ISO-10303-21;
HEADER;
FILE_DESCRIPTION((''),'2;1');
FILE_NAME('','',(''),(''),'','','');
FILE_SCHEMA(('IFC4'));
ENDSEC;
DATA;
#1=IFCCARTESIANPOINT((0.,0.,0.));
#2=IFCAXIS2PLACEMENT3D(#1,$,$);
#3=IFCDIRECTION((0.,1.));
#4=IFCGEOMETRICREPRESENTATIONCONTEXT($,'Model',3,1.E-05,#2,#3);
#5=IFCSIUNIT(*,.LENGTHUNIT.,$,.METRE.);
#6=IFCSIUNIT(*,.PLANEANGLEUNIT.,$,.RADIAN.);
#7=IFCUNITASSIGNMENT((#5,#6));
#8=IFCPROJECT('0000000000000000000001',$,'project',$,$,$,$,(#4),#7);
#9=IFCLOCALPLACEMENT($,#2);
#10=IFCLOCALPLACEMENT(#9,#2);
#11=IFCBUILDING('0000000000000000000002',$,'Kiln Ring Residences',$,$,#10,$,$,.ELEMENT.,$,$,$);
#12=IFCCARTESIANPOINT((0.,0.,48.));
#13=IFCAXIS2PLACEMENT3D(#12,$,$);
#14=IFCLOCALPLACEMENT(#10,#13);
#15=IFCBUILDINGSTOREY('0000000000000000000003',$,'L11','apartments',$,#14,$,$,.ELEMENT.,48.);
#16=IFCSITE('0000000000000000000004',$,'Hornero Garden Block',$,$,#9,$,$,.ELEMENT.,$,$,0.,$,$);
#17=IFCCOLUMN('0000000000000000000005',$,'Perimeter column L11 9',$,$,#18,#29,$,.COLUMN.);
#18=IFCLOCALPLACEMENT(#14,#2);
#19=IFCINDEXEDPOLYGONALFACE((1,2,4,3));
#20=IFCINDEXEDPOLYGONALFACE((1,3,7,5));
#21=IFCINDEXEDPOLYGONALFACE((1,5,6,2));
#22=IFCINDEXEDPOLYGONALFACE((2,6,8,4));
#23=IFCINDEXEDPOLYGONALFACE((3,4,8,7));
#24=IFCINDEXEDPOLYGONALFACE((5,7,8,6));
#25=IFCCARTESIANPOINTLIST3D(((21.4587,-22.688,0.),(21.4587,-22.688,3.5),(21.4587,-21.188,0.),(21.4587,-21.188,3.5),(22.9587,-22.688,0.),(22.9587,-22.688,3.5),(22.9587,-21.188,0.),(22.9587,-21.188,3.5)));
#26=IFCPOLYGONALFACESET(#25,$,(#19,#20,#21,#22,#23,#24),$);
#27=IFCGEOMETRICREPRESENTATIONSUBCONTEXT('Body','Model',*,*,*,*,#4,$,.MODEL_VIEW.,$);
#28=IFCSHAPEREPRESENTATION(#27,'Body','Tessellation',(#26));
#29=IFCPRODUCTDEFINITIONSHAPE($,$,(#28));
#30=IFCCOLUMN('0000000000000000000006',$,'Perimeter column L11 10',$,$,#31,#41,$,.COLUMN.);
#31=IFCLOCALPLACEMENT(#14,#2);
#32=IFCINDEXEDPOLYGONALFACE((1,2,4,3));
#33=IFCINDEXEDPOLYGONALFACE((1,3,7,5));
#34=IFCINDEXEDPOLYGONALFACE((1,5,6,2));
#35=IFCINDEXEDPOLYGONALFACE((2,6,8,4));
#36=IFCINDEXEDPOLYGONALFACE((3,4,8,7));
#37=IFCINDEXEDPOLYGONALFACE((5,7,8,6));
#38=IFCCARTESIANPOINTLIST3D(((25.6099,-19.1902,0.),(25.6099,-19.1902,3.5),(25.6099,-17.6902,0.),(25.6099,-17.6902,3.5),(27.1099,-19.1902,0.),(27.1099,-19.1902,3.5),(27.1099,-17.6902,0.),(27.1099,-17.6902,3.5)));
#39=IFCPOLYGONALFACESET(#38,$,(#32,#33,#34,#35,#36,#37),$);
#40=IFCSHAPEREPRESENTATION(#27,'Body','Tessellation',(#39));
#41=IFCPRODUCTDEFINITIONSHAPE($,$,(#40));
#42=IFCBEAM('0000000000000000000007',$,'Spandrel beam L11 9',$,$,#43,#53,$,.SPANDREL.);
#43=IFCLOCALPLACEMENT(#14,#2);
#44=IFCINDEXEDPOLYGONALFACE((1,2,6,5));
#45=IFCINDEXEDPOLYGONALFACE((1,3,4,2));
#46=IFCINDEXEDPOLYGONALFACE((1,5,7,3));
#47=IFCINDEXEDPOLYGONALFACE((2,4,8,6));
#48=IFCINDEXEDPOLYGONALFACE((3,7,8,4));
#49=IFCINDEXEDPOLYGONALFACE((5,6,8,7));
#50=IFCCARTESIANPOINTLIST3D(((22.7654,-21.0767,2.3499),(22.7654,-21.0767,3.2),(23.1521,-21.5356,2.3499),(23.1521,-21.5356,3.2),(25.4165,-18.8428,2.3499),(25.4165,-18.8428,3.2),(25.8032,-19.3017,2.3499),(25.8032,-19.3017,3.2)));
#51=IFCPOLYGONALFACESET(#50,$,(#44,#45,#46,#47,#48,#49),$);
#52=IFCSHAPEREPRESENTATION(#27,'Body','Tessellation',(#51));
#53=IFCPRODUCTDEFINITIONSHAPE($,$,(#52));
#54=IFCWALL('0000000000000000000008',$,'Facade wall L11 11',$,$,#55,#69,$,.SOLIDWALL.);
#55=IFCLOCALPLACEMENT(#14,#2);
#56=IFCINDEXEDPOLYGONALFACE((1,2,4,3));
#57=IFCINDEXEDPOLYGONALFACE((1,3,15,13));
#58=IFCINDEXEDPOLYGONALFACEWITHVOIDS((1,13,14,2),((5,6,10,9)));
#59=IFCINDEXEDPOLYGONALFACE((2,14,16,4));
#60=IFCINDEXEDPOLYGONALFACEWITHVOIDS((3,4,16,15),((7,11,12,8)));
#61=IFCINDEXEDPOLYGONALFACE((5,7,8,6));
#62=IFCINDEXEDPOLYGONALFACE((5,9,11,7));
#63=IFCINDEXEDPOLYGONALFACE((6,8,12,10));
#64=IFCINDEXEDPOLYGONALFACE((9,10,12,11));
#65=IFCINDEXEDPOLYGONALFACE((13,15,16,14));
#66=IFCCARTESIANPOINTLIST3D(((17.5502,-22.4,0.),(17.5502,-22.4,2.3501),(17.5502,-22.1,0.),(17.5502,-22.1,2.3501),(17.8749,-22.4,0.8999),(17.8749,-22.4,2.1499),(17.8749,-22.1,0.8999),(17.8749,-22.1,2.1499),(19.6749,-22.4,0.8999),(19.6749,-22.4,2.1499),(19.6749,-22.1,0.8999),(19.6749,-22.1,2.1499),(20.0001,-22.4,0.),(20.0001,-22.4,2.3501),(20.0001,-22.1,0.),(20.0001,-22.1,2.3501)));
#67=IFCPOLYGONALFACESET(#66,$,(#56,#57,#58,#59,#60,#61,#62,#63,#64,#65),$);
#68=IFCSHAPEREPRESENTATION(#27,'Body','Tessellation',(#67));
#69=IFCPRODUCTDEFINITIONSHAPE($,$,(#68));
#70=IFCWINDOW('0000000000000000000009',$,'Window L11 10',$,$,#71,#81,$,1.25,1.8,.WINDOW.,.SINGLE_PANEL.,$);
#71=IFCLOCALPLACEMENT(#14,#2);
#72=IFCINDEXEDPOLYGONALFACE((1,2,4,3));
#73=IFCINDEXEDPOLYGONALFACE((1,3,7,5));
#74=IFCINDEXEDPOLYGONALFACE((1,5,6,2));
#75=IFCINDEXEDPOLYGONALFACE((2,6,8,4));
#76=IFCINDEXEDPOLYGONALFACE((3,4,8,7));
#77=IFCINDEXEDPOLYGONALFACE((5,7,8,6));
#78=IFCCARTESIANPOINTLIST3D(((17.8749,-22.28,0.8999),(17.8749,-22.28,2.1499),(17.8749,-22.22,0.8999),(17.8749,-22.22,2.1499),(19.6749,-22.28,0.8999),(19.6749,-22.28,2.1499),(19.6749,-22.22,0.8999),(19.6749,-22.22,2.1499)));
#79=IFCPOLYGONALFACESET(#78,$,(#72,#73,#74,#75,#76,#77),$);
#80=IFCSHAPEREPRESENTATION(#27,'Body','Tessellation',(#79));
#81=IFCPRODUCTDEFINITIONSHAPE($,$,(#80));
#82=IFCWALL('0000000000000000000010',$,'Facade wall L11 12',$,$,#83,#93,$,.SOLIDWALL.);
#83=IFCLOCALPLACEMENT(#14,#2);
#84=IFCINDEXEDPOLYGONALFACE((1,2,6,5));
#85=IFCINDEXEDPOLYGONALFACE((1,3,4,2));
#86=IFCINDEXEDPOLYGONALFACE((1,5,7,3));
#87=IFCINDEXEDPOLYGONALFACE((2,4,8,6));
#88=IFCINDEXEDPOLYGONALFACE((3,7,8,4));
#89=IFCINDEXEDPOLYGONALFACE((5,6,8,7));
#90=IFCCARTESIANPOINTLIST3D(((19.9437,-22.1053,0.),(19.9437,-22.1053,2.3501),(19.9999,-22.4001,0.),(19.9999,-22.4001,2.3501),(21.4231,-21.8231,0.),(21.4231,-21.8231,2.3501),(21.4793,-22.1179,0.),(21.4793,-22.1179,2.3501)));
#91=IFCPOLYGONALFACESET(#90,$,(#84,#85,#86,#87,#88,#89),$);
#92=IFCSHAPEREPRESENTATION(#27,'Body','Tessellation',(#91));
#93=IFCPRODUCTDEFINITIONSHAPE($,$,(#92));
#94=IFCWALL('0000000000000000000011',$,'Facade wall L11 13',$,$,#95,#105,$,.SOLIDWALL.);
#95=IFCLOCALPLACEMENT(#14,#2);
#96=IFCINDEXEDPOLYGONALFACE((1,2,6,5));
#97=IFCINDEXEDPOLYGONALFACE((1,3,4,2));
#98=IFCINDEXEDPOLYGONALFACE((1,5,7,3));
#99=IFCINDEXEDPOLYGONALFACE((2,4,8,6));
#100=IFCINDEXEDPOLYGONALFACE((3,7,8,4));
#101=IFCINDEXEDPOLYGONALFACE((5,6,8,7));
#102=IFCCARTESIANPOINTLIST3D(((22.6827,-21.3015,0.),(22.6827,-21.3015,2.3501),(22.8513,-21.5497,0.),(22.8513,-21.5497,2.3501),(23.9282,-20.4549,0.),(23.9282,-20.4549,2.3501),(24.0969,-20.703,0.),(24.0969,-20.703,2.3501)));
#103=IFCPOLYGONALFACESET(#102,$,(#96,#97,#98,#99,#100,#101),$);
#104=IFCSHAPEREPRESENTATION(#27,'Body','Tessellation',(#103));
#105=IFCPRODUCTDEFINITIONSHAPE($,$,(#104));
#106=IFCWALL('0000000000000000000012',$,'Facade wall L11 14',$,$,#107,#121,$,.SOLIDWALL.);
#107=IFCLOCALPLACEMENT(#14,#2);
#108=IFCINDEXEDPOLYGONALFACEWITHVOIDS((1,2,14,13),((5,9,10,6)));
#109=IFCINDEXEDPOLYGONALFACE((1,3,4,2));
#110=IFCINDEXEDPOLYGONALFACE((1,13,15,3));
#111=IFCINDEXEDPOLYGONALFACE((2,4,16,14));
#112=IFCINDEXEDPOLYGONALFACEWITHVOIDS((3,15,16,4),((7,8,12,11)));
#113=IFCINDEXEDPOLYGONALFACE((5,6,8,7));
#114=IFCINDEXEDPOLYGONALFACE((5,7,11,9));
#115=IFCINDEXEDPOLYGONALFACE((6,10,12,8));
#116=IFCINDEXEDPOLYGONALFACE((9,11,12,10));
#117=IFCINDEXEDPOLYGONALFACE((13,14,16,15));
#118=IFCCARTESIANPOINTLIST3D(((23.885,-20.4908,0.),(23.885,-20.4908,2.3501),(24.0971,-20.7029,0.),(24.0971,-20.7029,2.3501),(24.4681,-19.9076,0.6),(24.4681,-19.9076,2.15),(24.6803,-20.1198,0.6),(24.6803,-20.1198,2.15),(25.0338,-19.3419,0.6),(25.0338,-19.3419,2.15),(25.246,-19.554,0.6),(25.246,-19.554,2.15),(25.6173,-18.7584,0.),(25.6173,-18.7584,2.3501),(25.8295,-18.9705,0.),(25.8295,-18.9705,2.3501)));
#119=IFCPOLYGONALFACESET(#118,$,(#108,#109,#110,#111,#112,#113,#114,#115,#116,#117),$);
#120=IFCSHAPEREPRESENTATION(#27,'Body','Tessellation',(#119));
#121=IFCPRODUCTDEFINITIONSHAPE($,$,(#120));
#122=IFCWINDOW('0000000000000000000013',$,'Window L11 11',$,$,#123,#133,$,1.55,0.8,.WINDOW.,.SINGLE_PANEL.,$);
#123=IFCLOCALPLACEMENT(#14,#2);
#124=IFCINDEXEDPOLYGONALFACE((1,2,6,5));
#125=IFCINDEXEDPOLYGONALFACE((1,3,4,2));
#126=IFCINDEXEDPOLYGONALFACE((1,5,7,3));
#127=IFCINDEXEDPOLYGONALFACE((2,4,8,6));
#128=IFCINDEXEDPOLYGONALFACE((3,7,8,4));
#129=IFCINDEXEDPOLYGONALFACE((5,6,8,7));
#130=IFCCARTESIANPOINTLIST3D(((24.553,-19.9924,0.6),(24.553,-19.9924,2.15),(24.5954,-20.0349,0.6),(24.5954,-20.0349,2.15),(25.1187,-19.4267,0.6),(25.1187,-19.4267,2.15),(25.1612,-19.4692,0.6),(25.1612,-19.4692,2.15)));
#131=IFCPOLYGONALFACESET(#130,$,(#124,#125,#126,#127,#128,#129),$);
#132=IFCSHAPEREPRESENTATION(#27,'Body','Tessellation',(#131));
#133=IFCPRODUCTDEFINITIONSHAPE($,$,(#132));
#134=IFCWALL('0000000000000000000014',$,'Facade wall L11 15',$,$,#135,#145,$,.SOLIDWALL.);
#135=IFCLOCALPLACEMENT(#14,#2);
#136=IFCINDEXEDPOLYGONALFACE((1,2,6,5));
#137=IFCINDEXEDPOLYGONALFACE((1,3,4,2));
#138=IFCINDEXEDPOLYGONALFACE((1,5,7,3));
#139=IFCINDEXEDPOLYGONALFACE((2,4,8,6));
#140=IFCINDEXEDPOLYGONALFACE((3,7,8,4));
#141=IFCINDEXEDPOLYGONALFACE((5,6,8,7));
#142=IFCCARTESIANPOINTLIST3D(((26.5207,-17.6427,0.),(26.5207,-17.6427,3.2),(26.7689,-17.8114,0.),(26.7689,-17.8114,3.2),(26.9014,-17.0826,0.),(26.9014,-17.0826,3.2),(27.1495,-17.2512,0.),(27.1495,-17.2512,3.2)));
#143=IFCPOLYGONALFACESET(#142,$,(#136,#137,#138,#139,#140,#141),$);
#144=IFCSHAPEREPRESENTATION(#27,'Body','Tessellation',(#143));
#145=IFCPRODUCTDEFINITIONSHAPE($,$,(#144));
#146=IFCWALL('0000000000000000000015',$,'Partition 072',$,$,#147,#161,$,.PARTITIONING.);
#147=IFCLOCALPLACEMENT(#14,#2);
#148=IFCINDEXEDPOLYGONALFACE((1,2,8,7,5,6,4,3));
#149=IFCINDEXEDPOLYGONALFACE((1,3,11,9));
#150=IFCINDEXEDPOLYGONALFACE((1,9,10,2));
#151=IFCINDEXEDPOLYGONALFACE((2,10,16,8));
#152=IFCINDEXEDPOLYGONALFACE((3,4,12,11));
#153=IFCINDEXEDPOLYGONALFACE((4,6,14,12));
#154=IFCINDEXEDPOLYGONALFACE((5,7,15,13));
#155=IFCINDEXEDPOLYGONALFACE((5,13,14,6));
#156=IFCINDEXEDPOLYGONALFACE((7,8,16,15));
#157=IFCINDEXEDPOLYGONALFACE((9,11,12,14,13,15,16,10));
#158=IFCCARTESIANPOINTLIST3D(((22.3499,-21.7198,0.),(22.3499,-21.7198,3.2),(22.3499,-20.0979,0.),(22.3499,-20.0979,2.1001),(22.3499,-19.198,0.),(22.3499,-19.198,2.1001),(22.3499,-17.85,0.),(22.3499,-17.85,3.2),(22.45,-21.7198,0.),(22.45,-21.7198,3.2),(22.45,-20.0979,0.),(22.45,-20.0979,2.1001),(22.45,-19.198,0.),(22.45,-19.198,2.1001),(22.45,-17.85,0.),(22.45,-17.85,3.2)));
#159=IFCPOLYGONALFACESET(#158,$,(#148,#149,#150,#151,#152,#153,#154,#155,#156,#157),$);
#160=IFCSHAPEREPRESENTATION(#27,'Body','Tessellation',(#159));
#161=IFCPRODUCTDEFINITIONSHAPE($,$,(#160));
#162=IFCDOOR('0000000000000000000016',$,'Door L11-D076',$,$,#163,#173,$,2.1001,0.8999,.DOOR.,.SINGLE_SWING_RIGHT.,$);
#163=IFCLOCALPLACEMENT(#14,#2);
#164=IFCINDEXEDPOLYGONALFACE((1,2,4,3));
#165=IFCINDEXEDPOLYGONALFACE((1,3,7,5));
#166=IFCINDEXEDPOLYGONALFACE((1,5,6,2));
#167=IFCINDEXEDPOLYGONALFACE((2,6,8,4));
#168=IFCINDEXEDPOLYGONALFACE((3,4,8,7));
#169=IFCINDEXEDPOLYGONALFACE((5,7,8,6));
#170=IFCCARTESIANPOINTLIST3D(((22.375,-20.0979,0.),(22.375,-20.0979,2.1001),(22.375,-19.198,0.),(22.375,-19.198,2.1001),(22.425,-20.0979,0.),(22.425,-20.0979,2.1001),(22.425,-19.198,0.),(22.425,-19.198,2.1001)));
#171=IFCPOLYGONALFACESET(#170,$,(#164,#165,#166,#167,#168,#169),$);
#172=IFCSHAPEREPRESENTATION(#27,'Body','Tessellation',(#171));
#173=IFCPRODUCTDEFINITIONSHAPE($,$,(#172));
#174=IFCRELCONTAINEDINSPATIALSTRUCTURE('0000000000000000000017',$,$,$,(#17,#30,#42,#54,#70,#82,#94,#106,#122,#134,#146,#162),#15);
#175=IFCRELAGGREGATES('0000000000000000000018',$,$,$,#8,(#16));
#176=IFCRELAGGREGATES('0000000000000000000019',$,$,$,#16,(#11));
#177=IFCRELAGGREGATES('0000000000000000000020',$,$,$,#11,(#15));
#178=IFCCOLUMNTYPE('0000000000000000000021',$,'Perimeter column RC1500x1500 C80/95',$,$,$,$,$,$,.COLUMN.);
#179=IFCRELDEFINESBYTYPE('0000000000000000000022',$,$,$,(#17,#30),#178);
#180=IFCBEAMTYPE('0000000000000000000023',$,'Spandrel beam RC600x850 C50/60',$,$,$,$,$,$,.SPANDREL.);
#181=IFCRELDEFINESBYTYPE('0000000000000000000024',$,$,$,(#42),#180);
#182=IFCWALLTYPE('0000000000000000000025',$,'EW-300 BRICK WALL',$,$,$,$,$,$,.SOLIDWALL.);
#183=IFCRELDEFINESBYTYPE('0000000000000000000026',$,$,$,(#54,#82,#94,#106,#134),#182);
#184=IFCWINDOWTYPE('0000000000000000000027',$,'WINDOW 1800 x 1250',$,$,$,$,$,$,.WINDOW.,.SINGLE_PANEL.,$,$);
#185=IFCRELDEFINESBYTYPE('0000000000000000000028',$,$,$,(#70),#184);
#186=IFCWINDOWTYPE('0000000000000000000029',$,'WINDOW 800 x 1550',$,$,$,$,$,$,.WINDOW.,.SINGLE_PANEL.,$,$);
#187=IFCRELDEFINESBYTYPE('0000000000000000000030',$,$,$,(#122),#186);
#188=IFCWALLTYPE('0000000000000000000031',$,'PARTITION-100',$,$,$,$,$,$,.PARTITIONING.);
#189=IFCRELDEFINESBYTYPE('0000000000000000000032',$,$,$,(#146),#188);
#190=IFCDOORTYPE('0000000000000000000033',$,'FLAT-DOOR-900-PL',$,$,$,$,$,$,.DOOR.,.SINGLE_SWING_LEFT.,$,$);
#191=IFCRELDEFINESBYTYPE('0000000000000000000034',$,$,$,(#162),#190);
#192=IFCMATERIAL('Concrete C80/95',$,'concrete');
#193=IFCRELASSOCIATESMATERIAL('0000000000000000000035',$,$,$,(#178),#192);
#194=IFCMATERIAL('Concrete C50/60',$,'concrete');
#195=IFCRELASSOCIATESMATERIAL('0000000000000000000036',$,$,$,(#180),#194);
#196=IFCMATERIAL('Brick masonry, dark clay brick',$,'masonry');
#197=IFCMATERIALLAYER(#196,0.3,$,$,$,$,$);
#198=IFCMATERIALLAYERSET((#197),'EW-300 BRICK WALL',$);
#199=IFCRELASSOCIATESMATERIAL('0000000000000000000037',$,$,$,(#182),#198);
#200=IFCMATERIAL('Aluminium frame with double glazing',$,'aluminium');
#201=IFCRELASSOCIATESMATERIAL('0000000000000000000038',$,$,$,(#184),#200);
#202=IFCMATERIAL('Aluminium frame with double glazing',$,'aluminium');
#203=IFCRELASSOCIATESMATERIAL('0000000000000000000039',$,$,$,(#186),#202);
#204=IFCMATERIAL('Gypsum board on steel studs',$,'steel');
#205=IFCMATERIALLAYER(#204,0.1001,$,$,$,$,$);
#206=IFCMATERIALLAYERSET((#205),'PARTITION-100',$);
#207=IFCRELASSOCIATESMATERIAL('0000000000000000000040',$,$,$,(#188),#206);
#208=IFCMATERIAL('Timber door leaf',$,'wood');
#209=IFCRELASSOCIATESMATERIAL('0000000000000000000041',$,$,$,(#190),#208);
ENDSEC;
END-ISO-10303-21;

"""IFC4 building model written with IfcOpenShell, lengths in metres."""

from ifc_helpers import new_model, si_unit, direction, frame, frame_2d, origin, origin_2d, place, context, subcontext, project, spatial, rectangle, extrude, material, layer, layer_set, material_profile, profile_set, type_object, element, fill, save


model = new_model("IFC4")

# Units and contexts
model_context = context("Model", 3, precision=1e-05, world=origin(), true_north=direction((0.0, 1.0)))
body_context = subcontext(model_context, "Body", "Model", "MODEL_VIEW")
ifc_project = project(units=[si_unit("LENGTHUNIT", "METRE"), si_unit("PLANEANGLEUNIT", "RADIAN")], contexts=[model_context])

# Site, building, storey
site_placement = place(None, origin())
site = spatial("IfcSite", under=ifc_project, at=site_placement, Name="Hornero Garden Block", CompositionType="ELEMENT", RefElevation=0.0)
building_placement = place(site_placement, origin())
building = spatial("IfcBuilding", under=site, at=building_placement, Name="Kiln Ring Residences", CompositionType="ELEMENT")
storey_placement = place(building_placement, frame((0.0, 0.0, 48.0)))
storey = spatial("IfcBuildingStorey", under=building, at=storey_placement, Name="L11", Description="apartments", CompositionType="ELEMENT", Elevation=48.0)

# Columns
ifc_material_1 = material(Name="Concrete C80/95", Category="concrete")
ifc_material_profile_1 = material_profile(ifc_material_1, rectangle(XDim=1.5, YDim=1.5, at=origin_2d()), Name="RC1500x1500")
ifc_profile_set_1 = profile_set([ifc_material_profile_1], Name="Concrete C80/95")
column_type = type_object("IfcColumnType", Name="Perimeter column RC1500x1500 C80/95", PredefinedType="COLUMN", material=ifc_profile_set_1)
for number, where, z_axis, x_axis, name in (
    (1, (22.2087, -21.938, 0.0), (0.0, 0.0, 1.0), (1.0, 0.0, 0.0), "Perimeter column L11 9"),
    (2, (26.3599, -18.4402, 0.0), (0.0, 0.0, 1.0), (1.0, 0.0, 0.0), "Perimeter column L11 10"),
):
    element("IfcColumn", number, at=place(storey_placement, frame(where, z_axis=z_axis, x_axis=x_axis)), inside=storey, type_object=column_type, Name=name, PredefinedType="COLUMN", context=body_context, shape_type="SweptSolid", body=[
        extrude(rectangle(XDim=1.5, YDim=1.5, at=origin_2d()), origin(), (0.0, 0.0, 1.0), 3.5),
    ])

# Beam
ifc_material_2 = material(Name="Concrete C50/60", Category="concrete")
ifc_material_profile_2 = material_profile(ifc_material_2, rectangle(XDim=0.6001, YDim=0.8501, at=origin_2d()), Name="RC600x850")
ifc_profile_set_2 = profile_set([ifc_material_profile_2], Name="Concrete C50/60")
beam_type = type_object("IfcBeamType", Name="Spandrel beam RC600x850 C50/60", PredefinedType="SPANDREL", material=ifc_profile_set_2)
beam_placement = place(storey_placement, frame((22.9587, -21.3062, 2.7749), z_axis=(0.764718, 0.644366, 0.0), x_axis=(-0.644366, 0.764718, 0.0)))
element("IfcBeam", 3, at=beam_placement, inside=storey, type_object=beam_type, Name="Spandrel beam L11 9", PredefinedType="SPANDREL", context=body_context, shape_type="SweptSolid", body=[
    extrude(rectangle(XDim=0.6001, YDim=0.8501, at=origin_2d()), origin(), (0.0, 0.0, 1.0), 3.4668),
])

# Wall, opening, window
ifc_material_3 = material(Name="Brick masonry, dark clay brick", Category="masonry")
ifc_layer_1 = layer(ifc_material_3, 0.3)
ifc_layer_set_1 = layer_set([ifc_layer_1], Name="EW-300 BRICK WALL")
wall_type_1 = type_object("IfcWallType", Name="EW-300 BRICK WALL", PredefinedType="SOLIDWALL", material=ifc_layer_set_1)
wall_1_placement = place(storey_placement, frame((17.55, -22.25, 0.0), z_axis=(0.0, 0.0, 1.0), x_axis=(1.0, 0.0, 0.0)))
wall_1 = element("IfcWall", 4, at=wall_1_placement, inside=storey, type_object=wall_type_1, Name="Facade wall L11 11", PredefinedType="SOLIDWALL", context=body_context, shape_type="SweptSolid", body=[
    extrude(rectangle(XDim=2.45, YDim=0.3, at=frame_2d((1.2251, 0.0))), origin(), (0.0, 0.0, 1.0), 2.3501),
])
opening_1_placement = place(wall_1_placement, frame((0.325, 0.0, 0.8999)))
opening_1 = element("IfcOpeningElement", 5, at=opening_1_placement, cuts=wall_1, PredefinedType="OPENING", context=body_context, shape_type="SweptSolid", body=[
    extrude(rectangle(XDim=1.8, YDim=1.25, at=frame_2d((0.8999, 0.625))), frame((0.0, 0.1599, 0.0), z_axis=(0.0, -1.0, 0.0), x_axis=(1.0, 0.0, 0.0)), (0.0, 0.0, 1.0), 0.3201),
])
ifc_material_4 = material(Name="Aluminium frame with double glazing", Category="aluminium")
window_type_1 = type_object("IfcWindowType", Name="WINDOW 1800 x 1250", PartitioningType="SINGLE_PANEL", PredefinedType="WINDOW", material=ifc_material_4)
window_1_placement = place(opening_1_placement, origin())
window_1 = element("IfcWindow", 6, at=window_1_placement, inside=storey, type_object=window_type_1, Name="Window L11 10", OverallHeight=1.25, OverallWidth=1.8, PartitioningType="SINGLE_PANEL", PredefinedType="WINDOW", context=body_context, shape_type="SweptSolid", body=[
    extrude(rectangle(XDim=1.8, YDim=1.25, at=frame_2d((0.8999, 0.625))), frame((0.0, 0.03, 0.0), z_axis=(0.0, -1.0, 0.0), x_axis=(1.0, 0.0, 0.0)), (0.0, 0.0, 1.0), 0.0601),
])
fill(opening_1, window_1)

# Walls
for number, where, z_axis, x_axis, name in (
    (7, (19.9719, -22.2527, 0.0), (0.0, 0.0, 1.0), (0.982287, 0.18738, 0.0), "Facade wall L11 12"),
    (8, (22.7671, -21.4255, 0.0), (0.0, 0.0, 1.0), (0.827029, 0.562159, 0.0), "Facade wall L11 13"),
):
    element("IfcWall", number, at=place(storey_placement, frame(where, z_axis=z_axis, x_axis=x_axis)), inside=storey, type_object=wall_type_1, Name=name, PredefinedType="SOLIDWALL", context=body_context, shape_type="SweptSolid", body=[
        extrude(rectangle(XDim=1.5061, YDim=0.3, at=frame_2d((0.7529, 0.0))), origin(), (0.0, 0.0, 1.0), 2.3501),
    ])

# Wall, opening, window
wall_2_placement = place(storey_placement, frame((23.991, -20.5969, 0.0), z_axis=(0.0, 0.0, 1.0), x_axis=(0.707107, 0.707107, 0.0)))
wall_2 = element("IfcWall", 9, at=wall_2_placement, inside=storey, type_object=wall_type_1, Name="Facade wall L11 14", PredefinedType="SOLIDWALL", context=body_context, shape_type="SweptSolid", body=[
    extrude(rectangle(XDim=2.45, YDim=0.3, at=frame_2d((1.2251, 0.0))), origin(), (0.0, 0.0, 1.0), 2.3501),
])
opening_2_placement = place(wall_2_placement, frame((0.825, 0.0, 0.6001)))
opening_2 = element("IfcOpeningElement", 10, at=opening_2_placement, cuts=wall_2, PredefinedType="OPENING", context=body_context, shape_type="SweptSolid", body=[
    extrude(rectangle(XDim=0.8, YDim=1.55, at=frame_2d((0.3999, 0.7749))), frame((0.0, 0.1599, 0.0), z_axis=(0.0, -1.0, 0.0), x_axis=(1.0, 0.0, 0.0)), (0.0, 0.0, 1.0), 0.3201),
])
ifc_material_5 = material(Name="Aluminium frame with double glazing", Category="aluminium")
window_type_2 = type_object("IfcWindowType", Name="WINDOW 800 x 1550", PartitioningType="SINGLE_PANEL", PredefinedType="WINDOW", material=ifc_material_5)
window_2_placement = place(opening_2_placement, origin())
window_2 = element("IfcWindow", 11, at=window_2_placement, inside=storey, type_object=window_type_2, Name="Window L11 11", OverallHeight=1.55, OverallWidth=0.8, PartitioningType="SINGLE_PANEL", PredefinedType="WINDOW", context=body_context, shape_type="SweptSolid", body=[
    extrude(rectangle(XDim=0.8, YDim=1.55, at=frame_2d((0.3999, 0.7749))), frame((0.0, 0.03, 0.0), z_axis=(0.0, -1.0, 0.0), x_axis=(1.0, 0.0, 0.0)), (0.0, 0.0, 1.0), 0.0601),
])
fill(opening_2, window_2)

# Wall
wall_3_placement = place(storey_placement, frame((26.6448, -17.7271, 0.0), z_axis=(0.0, 0.0, 1.0), x_axis=(0.562083, 0.827081, 0.0)))
element("IfcWall", 12, at=wall_3_placement, inside=storey, type_object=wall_type_1, Name="Facade wall L11 15", PredefinedType="SOLIDWALL", context=body_context, shape_type="SweptSolid", body=[
    extrude(rectangle(XDim=0.6772, YDim=0.3, at=frame_2d((0.3386, 0.0))), origin(), (0.0, 0.0, 1.0), 3.2),
])

# Wall, opening, door
ifc_material_6 = material(Name="Gypsum board on steel studs", Category="steel")
ifc_layer_2 = layer(ifc_material_6, 0.1001)
ifc_layer_set_2 = layer_set([ifc_layer_2], Name="PARTITION-100")
wall_type_2 = type_object("IfcWallType", Name="PARTITION-100", PredefinedType="PARTITIONING", material=ifc_layer_set_2)
wall_4_placement = place(storey_placement, frame((22.3999, -21.72, 0.0), z_axis=(0.0, 0.0, 1.0), x_axis=(0.0, 1.0, 0.0)))
wall_4 = element("IfcWall", 13, at=wall_4_placement, inside=storey, type_object=wall_type_2, Name="Partition 072", PredefinedType="PARTITIONING", context=body_context, shape_type="SweptSolid", body=[
    extrude(rectangle(XDim=3.8699, YDim=0.1001, at=frame_2d((1.9351, 0.0))), origin(), (0.0, 0.0, 1.0), 3.2),
])
opening_3_placement = place(wall_4_placement, frame((1.6221, 0.0, 0.0)))
opening_3 = element("IfcOpeningElement", 14, at=opening_3_placement, cuts=wall_4, PredefinedType="OPENING", context=body_context, shape_type="SweptSolid", body=[
    extrude(rectangle(XDim=0.8999, YDim=2.1001, at=frame_2d((0.45, 1.05))), frame((0.0, 0.0601, 0.0), z_axis=(0.0, -1.0, 0.0), x_axis=(1.0, 0.0, 0.0)), (0.0, 0.0, 1.0), 0.1201),
])
ifc_material_7 = material(Name="Timber door leaf", Category="wood")
door_type = type_object("IfcDoorType", Name="FLAT-DOOR-900-PL", OperationType="SINGLE_SWING_LEFT", PredefinedType="DOOR", material=ifc_material_7)
door_placement = place(opening_3_placement, origin())
door = element("IfcDoor", 15, at=door_placement, inside=storey, type_object=door_type, Name="Door L11-D076", OperationType="SINGLE_SWING_RIGHT", OverallHeight=2.1001, OverallWidth=0.8999, PredefinedType="DOOR", context=body_context, shape_type="SweptSolid", body=[
    extrude(rectangle(XDim=0.8999, YDim=2.1001, at=frame_2d((0.45, 1.05))), frame((0.0, 0.0249, 0.0), z_axis=(0.0, -1.0, 0.0), x_axis=(1.0, 0.0, 0.0)), (0.0, 0.0, 1.0), 0.05),
])
fill(opening_3, door)

save(model, "model.ifc")
